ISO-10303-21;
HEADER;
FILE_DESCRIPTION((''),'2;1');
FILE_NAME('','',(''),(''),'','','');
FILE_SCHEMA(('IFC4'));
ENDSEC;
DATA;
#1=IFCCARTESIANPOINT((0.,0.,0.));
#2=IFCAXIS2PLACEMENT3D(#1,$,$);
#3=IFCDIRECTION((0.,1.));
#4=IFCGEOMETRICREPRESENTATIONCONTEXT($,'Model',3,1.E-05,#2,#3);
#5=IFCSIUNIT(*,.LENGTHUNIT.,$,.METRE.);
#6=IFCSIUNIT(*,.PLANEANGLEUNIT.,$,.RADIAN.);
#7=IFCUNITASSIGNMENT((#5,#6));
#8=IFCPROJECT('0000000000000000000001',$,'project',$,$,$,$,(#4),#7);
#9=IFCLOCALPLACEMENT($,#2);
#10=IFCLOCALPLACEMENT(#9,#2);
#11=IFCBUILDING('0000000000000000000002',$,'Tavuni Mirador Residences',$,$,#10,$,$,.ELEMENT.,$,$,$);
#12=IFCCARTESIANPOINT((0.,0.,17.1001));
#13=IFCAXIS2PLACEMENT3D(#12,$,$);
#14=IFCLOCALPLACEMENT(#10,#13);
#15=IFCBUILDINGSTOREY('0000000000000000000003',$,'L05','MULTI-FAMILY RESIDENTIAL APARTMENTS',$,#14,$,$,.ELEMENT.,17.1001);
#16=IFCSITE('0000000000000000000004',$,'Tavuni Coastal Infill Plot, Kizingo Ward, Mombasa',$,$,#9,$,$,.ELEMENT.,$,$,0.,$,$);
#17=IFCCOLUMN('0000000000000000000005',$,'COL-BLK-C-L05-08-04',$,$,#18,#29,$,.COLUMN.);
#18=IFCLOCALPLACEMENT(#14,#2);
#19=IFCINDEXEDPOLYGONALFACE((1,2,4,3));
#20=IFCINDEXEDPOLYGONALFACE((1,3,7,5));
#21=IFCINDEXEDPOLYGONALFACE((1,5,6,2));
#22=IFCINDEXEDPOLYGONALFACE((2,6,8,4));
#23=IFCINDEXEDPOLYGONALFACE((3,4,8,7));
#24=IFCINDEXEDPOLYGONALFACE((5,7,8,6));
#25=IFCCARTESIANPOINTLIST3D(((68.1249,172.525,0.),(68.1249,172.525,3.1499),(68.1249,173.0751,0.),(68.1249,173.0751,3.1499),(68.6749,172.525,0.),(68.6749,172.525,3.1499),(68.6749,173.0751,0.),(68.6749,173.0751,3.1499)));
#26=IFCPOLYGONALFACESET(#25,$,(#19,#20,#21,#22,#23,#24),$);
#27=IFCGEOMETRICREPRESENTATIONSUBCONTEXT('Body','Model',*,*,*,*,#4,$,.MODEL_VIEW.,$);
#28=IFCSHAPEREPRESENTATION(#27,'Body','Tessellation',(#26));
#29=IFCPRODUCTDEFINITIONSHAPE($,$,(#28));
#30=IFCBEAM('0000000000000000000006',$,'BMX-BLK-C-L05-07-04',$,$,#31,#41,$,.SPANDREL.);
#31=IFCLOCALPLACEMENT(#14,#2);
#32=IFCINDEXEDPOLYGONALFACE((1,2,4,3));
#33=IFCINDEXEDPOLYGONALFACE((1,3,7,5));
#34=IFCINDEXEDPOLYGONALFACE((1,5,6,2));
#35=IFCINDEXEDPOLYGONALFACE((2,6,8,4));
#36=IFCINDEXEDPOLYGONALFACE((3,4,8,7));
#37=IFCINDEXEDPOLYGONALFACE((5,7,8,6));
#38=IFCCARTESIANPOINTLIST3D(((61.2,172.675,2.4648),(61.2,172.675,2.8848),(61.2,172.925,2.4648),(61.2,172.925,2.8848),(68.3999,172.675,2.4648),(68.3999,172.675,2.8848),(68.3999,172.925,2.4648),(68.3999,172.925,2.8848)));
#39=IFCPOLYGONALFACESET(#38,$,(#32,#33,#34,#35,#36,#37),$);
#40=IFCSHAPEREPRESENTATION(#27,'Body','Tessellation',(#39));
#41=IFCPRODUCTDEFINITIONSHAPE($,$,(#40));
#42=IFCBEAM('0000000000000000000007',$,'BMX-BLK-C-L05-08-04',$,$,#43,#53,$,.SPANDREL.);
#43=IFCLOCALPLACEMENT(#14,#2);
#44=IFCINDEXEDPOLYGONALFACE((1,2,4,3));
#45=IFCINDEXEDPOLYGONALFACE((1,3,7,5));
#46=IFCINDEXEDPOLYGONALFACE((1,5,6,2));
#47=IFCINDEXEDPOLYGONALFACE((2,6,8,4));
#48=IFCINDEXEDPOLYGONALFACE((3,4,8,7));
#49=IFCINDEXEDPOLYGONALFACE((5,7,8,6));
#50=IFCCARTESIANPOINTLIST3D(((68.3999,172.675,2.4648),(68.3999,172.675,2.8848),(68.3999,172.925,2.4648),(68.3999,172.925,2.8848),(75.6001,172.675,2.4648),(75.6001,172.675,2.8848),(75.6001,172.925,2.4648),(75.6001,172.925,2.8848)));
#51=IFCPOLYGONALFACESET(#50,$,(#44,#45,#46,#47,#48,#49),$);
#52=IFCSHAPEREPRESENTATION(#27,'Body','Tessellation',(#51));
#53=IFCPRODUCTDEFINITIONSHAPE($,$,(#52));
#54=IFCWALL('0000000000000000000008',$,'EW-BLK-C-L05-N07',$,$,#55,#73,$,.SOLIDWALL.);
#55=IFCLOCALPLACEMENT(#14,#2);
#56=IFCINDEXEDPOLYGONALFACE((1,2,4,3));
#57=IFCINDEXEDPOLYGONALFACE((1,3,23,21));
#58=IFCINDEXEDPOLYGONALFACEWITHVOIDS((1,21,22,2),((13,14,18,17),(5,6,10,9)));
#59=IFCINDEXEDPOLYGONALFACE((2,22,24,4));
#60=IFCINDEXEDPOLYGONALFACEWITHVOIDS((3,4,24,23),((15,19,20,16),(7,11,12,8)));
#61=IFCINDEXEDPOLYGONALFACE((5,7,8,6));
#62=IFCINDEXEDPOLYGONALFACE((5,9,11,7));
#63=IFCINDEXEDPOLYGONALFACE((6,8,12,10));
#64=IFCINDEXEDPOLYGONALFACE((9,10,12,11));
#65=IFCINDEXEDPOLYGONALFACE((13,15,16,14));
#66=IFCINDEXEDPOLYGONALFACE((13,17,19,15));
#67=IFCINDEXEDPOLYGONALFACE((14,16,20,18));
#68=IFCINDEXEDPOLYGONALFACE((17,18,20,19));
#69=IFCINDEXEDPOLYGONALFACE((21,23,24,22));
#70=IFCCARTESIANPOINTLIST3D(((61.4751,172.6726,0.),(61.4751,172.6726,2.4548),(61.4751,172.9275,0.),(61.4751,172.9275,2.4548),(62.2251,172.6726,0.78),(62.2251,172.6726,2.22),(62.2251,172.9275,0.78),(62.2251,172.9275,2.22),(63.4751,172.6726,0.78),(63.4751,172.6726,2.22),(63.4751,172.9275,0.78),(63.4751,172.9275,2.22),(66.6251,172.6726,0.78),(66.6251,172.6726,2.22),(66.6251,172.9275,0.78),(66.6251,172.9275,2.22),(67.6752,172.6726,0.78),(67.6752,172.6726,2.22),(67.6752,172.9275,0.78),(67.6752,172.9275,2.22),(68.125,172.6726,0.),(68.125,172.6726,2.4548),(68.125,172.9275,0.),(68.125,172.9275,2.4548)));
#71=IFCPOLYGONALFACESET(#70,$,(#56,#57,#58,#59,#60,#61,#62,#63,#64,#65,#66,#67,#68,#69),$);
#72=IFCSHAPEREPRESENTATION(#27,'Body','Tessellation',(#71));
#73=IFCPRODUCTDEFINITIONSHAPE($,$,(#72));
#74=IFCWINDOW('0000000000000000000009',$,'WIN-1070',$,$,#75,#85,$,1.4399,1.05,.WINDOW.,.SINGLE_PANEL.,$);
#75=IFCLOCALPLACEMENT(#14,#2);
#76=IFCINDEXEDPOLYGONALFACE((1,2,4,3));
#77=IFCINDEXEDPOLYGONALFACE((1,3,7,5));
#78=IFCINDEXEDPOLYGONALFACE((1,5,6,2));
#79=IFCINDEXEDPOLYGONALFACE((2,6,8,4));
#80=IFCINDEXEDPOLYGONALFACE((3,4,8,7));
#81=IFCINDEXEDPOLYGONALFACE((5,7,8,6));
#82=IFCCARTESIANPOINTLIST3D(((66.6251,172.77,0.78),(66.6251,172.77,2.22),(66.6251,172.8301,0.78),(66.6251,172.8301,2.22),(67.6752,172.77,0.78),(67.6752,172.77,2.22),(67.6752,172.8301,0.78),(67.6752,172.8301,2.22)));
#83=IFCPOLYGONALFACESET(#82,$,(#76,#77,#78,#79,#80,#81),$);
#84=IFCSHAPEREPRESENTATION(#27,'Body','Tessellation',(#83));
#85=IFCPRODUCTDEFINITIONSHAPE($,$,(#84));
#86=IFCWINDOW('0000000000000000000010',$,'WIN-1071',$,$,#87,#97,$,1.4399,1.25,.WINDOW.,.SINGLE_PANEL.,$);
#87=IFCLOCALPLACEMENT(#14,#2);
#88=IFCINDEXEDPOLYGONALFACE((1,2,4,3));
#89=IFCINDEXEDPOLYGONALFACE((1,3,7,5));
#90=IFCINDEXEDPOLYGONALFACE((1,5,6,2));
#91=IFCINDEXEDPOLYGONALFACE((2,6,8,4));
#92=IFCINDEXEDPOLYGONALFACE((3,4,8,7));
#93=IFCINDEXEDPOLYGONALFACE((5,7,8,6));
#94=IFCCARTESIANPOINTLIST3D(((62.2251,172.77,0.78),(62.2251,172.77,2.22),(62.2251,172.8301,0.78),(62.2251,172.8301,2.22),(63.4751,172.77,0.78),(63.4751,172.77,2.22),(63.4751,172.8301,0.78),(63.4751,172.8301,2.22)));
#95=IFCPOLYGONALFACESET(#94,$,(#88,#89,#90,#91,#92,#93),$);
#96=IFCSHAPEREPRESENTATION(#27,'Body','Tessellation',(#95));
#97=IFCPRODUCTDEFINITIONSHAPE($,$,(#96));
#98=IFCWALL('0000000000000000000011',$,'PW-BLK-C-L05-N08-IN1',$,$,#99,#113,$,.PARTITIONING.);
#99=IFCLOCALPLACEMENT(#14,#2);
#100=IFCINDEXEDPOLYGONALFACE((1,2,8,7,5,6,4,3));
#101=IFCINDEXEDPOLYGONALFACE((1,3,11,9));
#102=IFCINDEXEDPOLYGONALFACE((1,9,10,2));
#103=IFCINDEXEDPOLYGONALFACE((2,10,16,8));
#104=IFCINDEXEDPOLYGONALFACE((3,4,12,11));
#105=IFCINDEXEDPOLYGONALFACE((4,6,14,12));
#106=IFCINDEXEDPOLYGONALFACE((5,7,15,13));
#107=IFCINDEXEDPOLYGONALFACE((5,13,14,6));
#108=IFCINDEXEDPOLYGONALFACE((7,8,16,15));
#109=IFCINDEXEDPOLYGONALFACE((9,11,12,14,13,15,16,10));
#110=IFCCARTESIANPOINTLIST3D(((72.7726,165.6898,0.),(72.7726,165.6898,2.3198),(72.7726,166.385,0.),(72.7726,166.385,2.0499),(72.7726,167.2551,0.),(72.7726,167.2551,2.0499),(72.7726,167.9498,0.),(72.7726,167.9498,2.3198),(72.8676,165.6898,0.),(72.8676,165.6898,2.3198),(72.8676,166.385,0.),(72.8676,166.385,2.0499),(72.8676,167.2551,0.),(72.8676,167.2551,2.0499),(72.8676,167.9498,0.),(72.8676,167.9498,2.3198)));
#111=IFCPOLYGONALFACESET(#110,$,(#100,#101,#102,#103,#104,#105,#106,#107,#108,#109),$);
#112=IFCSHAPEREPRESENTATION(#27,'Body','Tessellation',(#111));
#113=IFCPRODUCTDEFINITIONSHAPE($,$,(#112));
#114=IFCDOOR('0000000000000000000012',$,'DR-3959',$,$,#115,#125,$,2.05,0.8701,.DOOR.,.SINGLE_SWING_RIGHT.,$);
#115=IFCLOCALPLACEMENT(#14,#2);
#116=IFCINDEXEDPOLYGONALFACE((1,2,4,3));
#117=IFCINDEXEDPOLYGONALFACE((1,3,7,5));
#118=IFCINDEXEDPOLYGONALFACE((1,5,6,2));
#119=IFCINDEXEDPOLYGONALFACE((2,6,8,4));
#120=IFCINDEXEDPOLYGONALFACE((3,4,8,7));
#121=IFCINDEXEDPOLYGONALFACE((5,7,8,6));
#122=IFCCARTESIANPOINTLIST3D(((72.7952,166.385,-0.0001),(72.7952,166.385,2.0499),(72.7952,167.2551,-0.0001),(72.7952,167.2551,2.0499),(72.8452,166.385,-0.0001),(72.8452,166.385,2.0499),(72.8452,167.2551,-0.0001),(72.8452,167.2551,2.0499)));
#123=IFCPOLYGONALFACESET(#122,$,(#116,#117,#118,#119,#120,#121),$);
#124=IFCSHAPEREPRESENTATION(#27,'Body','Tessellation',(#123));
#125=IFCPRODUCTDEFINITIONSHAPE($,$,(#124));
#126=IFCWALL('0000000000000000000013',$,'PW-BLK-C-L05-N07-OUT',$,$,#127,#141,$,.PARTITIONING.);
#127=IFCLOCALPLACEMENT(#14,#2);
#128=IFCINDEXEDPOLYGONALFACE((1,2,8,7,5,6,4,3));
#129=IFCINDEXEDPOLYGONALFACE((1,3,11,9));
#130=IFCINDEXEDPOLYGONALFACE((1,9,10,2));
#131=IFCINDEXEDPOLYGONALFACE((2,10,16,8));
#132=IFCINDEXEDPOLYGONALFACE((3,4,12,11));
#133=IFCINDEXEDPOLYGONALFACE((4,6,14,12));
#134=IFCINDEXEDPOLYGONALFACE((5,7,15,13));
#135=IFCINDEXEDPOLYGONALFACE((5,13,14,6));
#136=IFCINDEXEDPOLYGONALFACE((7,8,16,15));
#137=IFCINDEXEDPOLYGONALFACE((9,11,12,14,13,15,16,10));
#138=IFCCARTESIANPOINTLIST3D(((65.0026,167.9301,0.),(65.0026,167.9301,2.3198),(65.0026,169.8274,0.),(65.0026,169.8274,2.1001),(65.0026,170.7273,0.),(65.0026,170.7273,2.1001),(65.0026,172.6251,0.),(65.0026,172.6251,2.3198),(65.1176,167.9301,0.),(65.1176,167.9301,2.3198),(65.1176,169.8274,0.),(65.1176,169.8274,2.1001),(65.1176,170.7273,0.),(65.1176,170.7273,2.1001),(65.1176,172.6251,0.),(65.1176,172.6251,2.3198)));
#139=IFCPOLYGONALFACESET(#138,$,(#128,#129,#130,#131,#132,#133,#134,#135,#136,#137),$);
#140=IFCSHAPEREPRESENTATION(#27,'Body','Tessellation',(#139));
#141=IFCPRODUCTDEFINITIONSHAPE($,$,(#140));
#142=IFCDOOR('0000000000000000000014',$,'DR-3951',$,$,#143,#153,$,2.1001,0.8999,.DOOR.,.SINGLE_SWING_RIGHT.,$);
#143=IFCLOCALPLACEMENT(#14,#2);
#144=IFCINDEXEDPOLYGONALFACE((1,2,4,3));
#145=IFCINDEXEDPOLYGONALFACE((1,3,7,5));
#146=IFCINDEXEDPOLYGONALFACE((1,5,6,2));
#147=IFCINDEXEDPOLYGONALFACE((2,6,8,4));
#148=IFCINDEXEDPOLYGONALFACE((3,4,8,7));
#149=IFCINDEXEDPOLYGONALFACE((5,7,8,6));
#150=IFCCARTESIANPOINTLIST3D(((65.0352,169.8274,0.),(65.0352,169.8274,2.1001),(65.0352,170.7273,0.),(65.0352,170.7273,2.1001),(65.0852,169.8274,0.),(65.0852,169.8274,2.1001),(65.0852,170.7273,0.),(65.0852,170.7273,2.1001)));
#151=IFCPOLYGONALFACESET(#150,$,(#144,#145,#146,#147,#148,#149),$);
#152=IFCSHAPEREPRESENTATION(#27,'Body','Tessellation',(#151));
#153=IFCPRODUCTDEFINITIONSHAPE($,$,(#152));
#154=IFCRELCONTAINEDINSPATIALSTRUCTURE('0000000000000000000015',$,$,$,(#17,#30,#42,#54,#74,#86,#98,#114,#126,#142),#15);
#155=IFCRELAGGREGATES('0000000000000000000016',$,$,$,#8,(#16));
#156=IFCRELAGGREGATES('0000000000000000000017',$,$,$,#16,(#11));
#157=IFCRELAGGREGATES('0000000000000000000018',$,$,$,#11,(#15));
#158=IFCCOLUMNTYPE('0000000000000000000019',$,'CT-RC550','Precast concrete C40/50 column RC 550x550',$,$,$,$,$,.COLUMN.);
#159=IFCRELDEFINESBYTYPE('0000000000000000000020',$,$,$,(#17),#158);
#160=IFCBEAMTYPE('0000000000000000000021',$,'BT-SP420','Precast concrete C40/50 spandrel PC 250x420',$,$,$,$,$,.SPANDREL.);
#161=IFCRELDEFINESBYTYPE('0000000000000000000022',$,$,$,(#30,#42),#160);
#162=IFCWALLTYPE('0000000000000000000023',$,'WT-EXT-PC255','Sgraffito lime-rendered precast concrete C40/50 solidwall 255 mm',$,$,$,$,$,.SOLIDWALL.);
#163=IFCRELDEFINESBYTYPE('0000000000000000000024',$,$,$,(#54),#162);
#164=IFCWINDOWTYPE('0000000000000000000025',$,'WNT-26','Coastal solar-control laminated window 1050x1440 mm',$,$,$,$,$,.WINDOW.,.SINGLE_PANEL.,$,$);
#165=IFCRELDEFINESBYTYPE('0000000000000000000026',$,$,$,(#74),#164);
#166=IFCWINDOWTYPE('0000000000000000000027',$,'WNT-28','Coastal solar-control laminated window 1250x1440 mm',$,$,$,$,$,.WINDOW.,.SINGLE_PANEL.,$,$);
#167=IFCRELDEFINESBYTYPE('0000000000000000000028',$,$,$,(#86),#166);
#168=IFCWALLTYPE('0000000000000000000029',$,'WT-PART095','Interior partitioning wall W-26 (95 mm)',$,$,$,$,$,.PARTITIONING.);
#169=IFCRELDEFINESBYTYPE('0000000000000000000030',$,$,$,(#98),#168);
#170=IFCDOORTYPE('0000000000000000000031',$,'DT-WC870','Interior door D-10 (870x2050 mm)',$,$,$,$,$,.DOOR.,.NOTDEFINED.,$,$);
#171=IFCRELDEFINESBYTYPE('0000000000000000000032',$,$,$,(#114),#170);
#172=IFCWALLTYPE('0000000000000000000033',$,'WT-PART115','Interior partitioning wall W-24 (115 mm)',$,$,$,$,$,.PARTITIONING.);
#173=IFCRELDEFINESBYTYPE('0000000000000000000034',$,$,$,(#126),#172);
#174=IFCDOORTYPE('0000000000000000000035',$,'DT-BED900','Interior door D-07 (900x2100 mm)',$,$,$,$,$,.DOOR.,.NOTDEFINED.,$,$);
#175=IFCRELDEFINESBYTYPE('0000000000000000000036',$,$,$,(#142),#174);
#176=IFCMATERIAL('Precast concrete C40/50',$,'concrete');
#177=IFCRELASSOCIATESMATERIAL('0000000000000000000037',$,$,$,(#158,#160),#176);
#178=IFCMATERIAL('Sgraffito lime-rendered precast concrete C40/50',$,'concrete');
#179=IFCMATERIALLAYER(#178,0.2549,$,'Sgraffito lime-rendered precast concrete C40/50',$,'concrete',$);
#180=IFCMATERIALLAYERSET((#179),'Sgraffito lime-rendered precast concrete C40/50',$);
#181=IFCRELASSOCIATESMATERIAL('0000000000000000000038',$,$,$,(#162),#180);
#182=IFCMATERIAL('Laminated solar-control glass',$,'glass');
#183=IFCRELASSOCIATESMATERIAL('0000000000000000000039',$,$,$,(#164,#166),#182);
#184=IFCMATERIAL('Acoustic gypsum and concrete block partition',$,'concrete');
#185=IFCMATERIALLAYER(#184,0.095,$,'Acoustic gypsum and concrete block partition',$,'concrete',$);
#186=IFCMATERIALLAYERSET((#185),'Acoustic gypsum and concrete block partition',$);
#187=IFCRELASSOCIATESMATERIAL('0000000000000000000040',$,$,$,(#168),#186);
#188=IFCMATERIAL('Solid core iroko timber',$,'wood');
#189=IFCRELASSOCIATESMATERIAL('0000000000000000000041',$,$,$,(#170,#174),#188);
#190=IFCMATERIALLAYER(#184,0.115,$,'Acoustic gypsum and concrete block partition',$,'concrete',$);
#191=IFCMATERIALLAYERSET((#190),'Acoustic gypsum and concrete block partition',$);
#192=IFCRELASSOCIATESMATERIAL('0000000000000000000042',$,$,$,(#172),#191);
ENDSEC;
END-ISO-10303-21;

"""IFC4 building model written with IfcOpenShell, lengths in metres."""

from ifc_helpers import new_model, si_unit, direction, frame, frame_2d, origin, origin_2d, place, context, subcontext, project, spatial, rectangle, extrude, material, layer, layer_set, material_profile, profile_set, type_object, element, fill, save


model = new_model("IFC4")

# Units and contexts
model_context = context("Model", 3, precision=1e-05, world=origin(), true_north=direction((0.0, 1.0)))
body_context = subcontext(model_context, "Body", "Model", "MODEL_VIEW")
ifc_project = project(units=[si_unit("LENGTHUNIT", "METRE"), si_unit("PLANEANGLEUNIT", "RADIAN")], contexts=[model_context])

# Site, building, storey
site_placement = place(None, origin())
site = spatial("IfcSite", under=ifc_project, at=site_placement, Name="Tavuni Coastal Infill Plot, Kizingo Ward, Mombasa", CompositionType="ELEMENT", RefElevation=0.0)
building_placement = place(site_placement, origin())
building = spatial("IfcBuilding", under=site, at=building_placement, Name="Tavuni Mirador Residences", CompositionType="ELEMENT")
storey_placement = place(building_placement, frame((0.0, 0.0, 17.1001)))
storey = spatial("IfcBuildingStorey", under=building, at=storey_placement, Name="L05", Description="MULTI-FAMILY RESIDENTIAL APARTMENTS", CompositionType="ELEMENT", Elevation=17.1001)

# Column
ifc_material_1 = material(Name="Precast concrete C40/50", Category="concrete")
ifc_material_profile_1 = material_profile(ifc_material_1, rectangle(XDim=0.55, YDim=0.55, at=origin_2d()), Name="RC 550x550", Category="concrete")
ifc_profile_set_1 = profile_set([ifc_material_profile_1], Name="Precast concrete C40/50")
column_type = type_object("IfcColumnType", Name="CT-RC550", Description="Precast concrete C40/50 column RC 550x550", PredefinedType="COLUMN", material=ifc_profile_set_1)
column_placement = place(storey_placement, frame((68.3999, 172.8, 0.0), z_axis=(0.0, 0.0, 1.0), x_axis=(1.0, 0.0, 0.0)))
element("IfcColumn", 1, at=column_placement, inside=storey, type_object=column_type, Name="COL-BLK-C-L05-08-04", PredefinedType="COLUMN", context=body_context, shape_type="SweptSolid", body=[
    extrude(rectangle(XDim=0.55, YDim=0.55, at=origin_2d()), origin(), (0.0, 0.0, 1.0), 3.1499),
])

# Beams
ifc_material_profile_2 = material_profile(ifc_material_1, rectangle(XDim=0.25, YDim=0.4199, at=origin_2d()), Name="PC 250x420", Category="concrete")
ifc_profile_set_2 = profile_set([ifc_material_profile_2], Name="Precast concrete C40/50")
beam_type = type_object("IfcBeamType", Name="BT-SP420", Description="Precast concrete C40/50 spandrel PC 250x420", PredefinedType="SPANDREL", material=ifc_profile_set_2)
beam_1_placement = place(storey_placement, frame((61.2, 172.8, 2.6748), z_axis=(1.0, 0.0, 0.0), x_axis=(0.0, 1.0, 0.0)))
element("IfcBeam", 2, at=beam_1_placement, inside=storey, type_object=beam_type, Name="BMX-BLK-C-L05-07-04", PredefinedType="SPANDREL", context=body_context, shape_type="SweptSolid", body=[
    extrude(rectangle(XDim=0.25, YDim=0.4199, at=origin_2d()), origin(), (0.0, 0.0, 1.0), 7.2),
])
beam_2_placement = place(storey_placement, frame((68.3999, 172.8, 2.6748), z_axis=(1.0, 0.0, 0.0), x_axis=(0.0, 1.0, 0.0)))
element("IfcBeam", 3, at=beam_2_placement, inside=storey, type_object=beam_type, Name="BMX-BLK-C-L05-08-04", PredefinedType="SPANDREL", context=body_context, shape_type="SweptSolid", body=[
    extrude(rectangle(XDim=0.25, YDim=0.4199, at=origin_2d()), origin(), (0.0, 0.0, 1.0), 7.2002),
])

# Wall, openings, windows
ifc_material_2 = material(Name="Sgraffito lime-rendered precast concrete C40/50", Category="concrete")
ifc_layer_1 = layer(ifc_material_2, 0.2549, Name="Sgraffito lime-rendered precast concrete C40/50", Category="concrete")
ifc_layer_set_1 = layer_set([ifc_layer_1], Name="Sgraffito lime-rendered precast concrete C40/50")
wall_type_1 = type_object("IfcWallType", Name="WT-EXT-PC255", Description="Sgraffito lime-rendered precast concrete C40/50 solidwall 255 mm", PredefinedType="SOLIDWALL", material=ifc_layer_set_1)
wall_1_placement = place(storey_placement, frame((68.125, 172.8, 0.0), z_axis=(0.0, 0.0, 1.0), x_axis=(-1.0, 0.0, 0.0)))
wall_1 = element("IfcWall", 4, at=wall_1_placement, inside=storey, type_object=wall_type_1, Name="EW-BLK-C-L05-N07", PredefinedType="SOLIDWALL", context=body_context, shape_type="SweptSolid", body=[
    extrude(rectangle(XDim=6.6499, YDim=0.2549, at=frame_2d((3.325, 0.0))), origin(), (0.0, 0.0, 1.0), 2.4548),
])
opening_1_placement = place(wall_1_placement, frame((0.45, 0.0, 0.78)))
opening_1 = element("IfcOpeningElement", 5, at=opening_1_placement, cuts=wall_1, PredefinedType="OPENING", context=body_context, shape_type="SweptSolid", body=[
    extrude(rectangle(XDim=1.05, YDim=1.4399, at=frame_2d((0.5249, 0.72))), frame((0.0, 0.1375, 0.0), z_axis=(0.0, -1.0, 0.0), x_axis=(1.0, 0.0, 0.0)), (0.0, 0.0, 1.0), 0.2749),
])
opening_2_placement = place(wall_1_placement, frame((4.6499, 0.0, 0.78)))
opening_2 = element("IfcOpeningElement", 6, at=opening_2_placement, cuts=wall_1, PredefinedType="OPENING", context=body_context, shape_type="SweptSolid", body=[
    extrude(rectangle(XDim=1.25, YDim=1.4399, at=frame_2d((0.625, 0.72))), frame((0.0, 0.1375, 0.0), z_axis=(0.0, -1.0, 0.0), x_axis=(1.0, 0.0, 0.0)), (0.0, 0.0, 1.0), 0.2749),
])
ifc_material_3 = material(Name="Laminated solar-control glass", Category="glass")
window_type_1 = type_object("IfcWindowType", Name="WNT-26", Description="Coastal solar-control laminated window 1050x1440 mm", PartitioningType="SINGLE_PANEL", PredefinedType="WINDOW", material=ifc_material_3)
window_1_placement = place(opening_1_placement, origin())
window_1 = element("IfcWindow", 7, at=window_1_placement, inside=storey, type_object=window_type_1, Name="WIN-1070", OverallHeight=1.4399, OverallWidth=1.05, PartitioningType="SINGLE_PANEL", PredefinedType="WINDOW", context=body_context, shape_type="SweptSolid", body=[
    extrude(rectangle(XDim=1.05, YDim=1.4399, at=frame_2d((0.5249, 0.72))), frame((0.0, 0.03, 0.0), z_axis=(0.0, -1.0, 0.0), x_axis=(1.0, 0.0, 0.0)), (0.0, 0.0, 1.0), 0.0601),
])
fill(opening_1, window_1)
window_type_2 = type_object("IfcWindowType", Name="WNT-28", Description="Coastal solar-control laminated window 1250x1440 mm", PartitioningType="SINGLE_PANEL", PredefinedType="WINDOW", material=ifc_material_3)
window_2_placement = place(opening_2_placement, origin())
window_2 = element("IfcWindow", 8, at=window_2_placement, inside=storey, type_object=window_type_2, Name="WIN-1071", OverallHeight=1.4399, OverallWidth=1.25, PartitioningType="SINGLE_PANEL", PredefinedType="WINDOW", context=body_context, shape_type="SweptSolid", body=[
    extrude(rectangle(XDim=1.25, YDim=1.4399, at=frame_2d((0.625, 0.72))), frame((0.0, 0.03, 0.0), z_axis=(0.0, -1.0, 0.0), x_axis=(1.0, 0.0, 0.0)), (0.0, 0.0, 1.0), 0.0601),
])
fill(opening_2, window_2)

# Walls, openings, doors
ifc_material_4 = material(Name="Acoustic gypsum and concrete block partition", Category="concrete")
ifc_layer_2 = layer(ifc_material_4, 0.095, Name="Acoustic gypsum and concrete block partition", Category="concrete")
ifc_layer_set_2 = layer_set([ifc_layer_2], Name="Acoustic gypsum and concrete block partition")
wall_type_2 = type_object("IfcWallType", Name="WT-PART095", Description="Interior partitioning wall W-26 (95 mm)", PredefinedType="PARTITIONING", material=ifc_layer_set_2)
wall_2_placement = place(storey_placement, frame((72.8201, 165.6899, 0.0), z_axis=(0.0, 0.0, 1.0), x_axis=(0.0, 1.0, 0.0)))
wall_2 = element("IfcWall", 9, at=wall_2_placement, inside=storey, type_object=wall_type_2, Name="PW-BLK-C-L05-N08-IN1", PredefinedType="PARTITIONING", context=body_context, shape_type="SweptSolid", body=[
    extrude(rectangle(XDim=2.26, YDim=0.095, at=frame_2d((1.1299, 0.0))), origin(), (0.0, 0.0, 1.0), 2.3198),
])
opening_3_placement = place(wall_2_placement, frame((0.6951, 0.0, 0.0)))
opening_3 = element("IfcOpeningElement", 10, at=opening_3_placement, cuts=wall_2, PredefinedType="OPENING", context=body_context, shape_type="SweptSolid", body=[
    extrude(rectangle(XDim=0.8701, YDim=2.05, at=frame_2d((0.4351, 1.0249))), frame((0.0, 0.0576, 0.0), z_axis=(0.0, -1.0, 0.0), x_axis=(1.0, 0.0, 0.0)), (0.0, 0.0, 1.0), 0.115),
])
ifc_material_5 = material(Name="Solid core iroko timber", Category="wood")
door_type_1 = type_object("IfcDoorType", Name="DT-WC870", Description="Interior door D-10 (870x2050 mm)", OperationType="NOTDEFINED", PredefinedType="DOOR", material=ifc_material_5)
door_1_placement = place(opening_3_placement, origin())
door_1 = element("IfcDoor", 11, at=door_1_placement, inside=storey, type_object=door_type_1, Name="DR-3959", OperationType="SINGLE_SWING_RIGHT", OverallHeight=2.05, OverallWidth=0.8701, PredefinedType="DOOR", context=body_context, shape_type="SweptSolid", body=[
    extrude(rectangle(XDim=0.8701, YDim=2.05, at=frame_2d((0.4351, 1.0249))), frame((0.0, 0.0249, 0.0), z_axis=(0.0, -1.0, 0.0), x_axis=(1.0, 0.0, 0.0)), (0.0, 0.0, 1.0), 0.05),
])
fill(opening_3, door_1)
ifc_layer_3 = layer(ifc_material_4, 0.115, Name="Acoustic gypsum and concrete block partition", Category="concrete")
ifc_layer_set_3 = layer_set([ifc_layer_3], Name="Acoustic gypsum and concrete block partition")
wall_type_3 = type_object("IfcWallType", Name="WT-PART115", Description="Interior partitioning wall W-24 (115 mm)", PredefinedType="PARTITIONING", material=ifc_layer_set_3)
wall_3_placement = place(storey_placement, frame((65.0601, 167.9299, 0.0), z_axis=(0.0, 0.0, 1.0), x_axis=(0.0, 1.0, 0.0)))
wall_3 = element("IfcWall", 12, at=wall_3_placement, inside=storey, type_object=wall_type_3, Name="PW-BLK-C-L05-N07-OUT", PredefinedType="PARTITIONING", context=body_context, shape_type="SweptSolid", body=[
    extrude(rectangle(XDim=4.6951, YDim=0.115, at=frame_2d((2.3477, 0.0))), origin(), (0.0, 0.0, 1.0), 2.3198),
])
opening_4_placement = place(wall_3_placement, frame((1.8975, 0.0, 0.0)))
opening_4 = element("IfcOpeningElement", 13, at=opening_4_placement, cuts=wall_3, PredefinedType="OPENING", context=body_context, shape_type="SweptSolid", body=[
    extrude(rectangle(XDim=0.8999, YDim=2.1001, at=frame_2d((0.45, 1.05))), frame((0.0, 0.0674, 0.0), z_axis=(0.0, -1.0, 0.0), x_axis=(1.0, 0.0, 0.0)), (0.0, 0.0, 1.0), 0.135),
])
door_type_2 = type_object("IfcDoorType", Name="DT-BED900", Description="Interior door D-07 (900x2100 mm)", OperationType="NOTDEFINED", PredefinedType="DOOR", material=ifc_material_5)
door_2_placement = place(opening_4_placement, origin())
door_2 = element("IfcDoor", 14, at=door_2_placement, inside=storey, type_object=door_type_2, Name="DR-3951", OperationType="SINGLE_SWING_RIGHT", OverallHeight=2.1001, OverallWidth=0.8999, PredefinedType="DOOR", context=body_context, shape_type="SweptSolid", body=[
    extrude(rectangle(XDim=0.8999, YDim=2.1001, at=frame_2d((0.45, 1.05))), frame((0.0, 0.0249, 0.0), z_axis=(0.0, -1.0, 0.0), x_axis=(1.0, 0.0, 0.0)), (0.0, 0.0, 1.0), 0.05),
])
fill(opening_4, door_2)

save(model, "model.ifc")
